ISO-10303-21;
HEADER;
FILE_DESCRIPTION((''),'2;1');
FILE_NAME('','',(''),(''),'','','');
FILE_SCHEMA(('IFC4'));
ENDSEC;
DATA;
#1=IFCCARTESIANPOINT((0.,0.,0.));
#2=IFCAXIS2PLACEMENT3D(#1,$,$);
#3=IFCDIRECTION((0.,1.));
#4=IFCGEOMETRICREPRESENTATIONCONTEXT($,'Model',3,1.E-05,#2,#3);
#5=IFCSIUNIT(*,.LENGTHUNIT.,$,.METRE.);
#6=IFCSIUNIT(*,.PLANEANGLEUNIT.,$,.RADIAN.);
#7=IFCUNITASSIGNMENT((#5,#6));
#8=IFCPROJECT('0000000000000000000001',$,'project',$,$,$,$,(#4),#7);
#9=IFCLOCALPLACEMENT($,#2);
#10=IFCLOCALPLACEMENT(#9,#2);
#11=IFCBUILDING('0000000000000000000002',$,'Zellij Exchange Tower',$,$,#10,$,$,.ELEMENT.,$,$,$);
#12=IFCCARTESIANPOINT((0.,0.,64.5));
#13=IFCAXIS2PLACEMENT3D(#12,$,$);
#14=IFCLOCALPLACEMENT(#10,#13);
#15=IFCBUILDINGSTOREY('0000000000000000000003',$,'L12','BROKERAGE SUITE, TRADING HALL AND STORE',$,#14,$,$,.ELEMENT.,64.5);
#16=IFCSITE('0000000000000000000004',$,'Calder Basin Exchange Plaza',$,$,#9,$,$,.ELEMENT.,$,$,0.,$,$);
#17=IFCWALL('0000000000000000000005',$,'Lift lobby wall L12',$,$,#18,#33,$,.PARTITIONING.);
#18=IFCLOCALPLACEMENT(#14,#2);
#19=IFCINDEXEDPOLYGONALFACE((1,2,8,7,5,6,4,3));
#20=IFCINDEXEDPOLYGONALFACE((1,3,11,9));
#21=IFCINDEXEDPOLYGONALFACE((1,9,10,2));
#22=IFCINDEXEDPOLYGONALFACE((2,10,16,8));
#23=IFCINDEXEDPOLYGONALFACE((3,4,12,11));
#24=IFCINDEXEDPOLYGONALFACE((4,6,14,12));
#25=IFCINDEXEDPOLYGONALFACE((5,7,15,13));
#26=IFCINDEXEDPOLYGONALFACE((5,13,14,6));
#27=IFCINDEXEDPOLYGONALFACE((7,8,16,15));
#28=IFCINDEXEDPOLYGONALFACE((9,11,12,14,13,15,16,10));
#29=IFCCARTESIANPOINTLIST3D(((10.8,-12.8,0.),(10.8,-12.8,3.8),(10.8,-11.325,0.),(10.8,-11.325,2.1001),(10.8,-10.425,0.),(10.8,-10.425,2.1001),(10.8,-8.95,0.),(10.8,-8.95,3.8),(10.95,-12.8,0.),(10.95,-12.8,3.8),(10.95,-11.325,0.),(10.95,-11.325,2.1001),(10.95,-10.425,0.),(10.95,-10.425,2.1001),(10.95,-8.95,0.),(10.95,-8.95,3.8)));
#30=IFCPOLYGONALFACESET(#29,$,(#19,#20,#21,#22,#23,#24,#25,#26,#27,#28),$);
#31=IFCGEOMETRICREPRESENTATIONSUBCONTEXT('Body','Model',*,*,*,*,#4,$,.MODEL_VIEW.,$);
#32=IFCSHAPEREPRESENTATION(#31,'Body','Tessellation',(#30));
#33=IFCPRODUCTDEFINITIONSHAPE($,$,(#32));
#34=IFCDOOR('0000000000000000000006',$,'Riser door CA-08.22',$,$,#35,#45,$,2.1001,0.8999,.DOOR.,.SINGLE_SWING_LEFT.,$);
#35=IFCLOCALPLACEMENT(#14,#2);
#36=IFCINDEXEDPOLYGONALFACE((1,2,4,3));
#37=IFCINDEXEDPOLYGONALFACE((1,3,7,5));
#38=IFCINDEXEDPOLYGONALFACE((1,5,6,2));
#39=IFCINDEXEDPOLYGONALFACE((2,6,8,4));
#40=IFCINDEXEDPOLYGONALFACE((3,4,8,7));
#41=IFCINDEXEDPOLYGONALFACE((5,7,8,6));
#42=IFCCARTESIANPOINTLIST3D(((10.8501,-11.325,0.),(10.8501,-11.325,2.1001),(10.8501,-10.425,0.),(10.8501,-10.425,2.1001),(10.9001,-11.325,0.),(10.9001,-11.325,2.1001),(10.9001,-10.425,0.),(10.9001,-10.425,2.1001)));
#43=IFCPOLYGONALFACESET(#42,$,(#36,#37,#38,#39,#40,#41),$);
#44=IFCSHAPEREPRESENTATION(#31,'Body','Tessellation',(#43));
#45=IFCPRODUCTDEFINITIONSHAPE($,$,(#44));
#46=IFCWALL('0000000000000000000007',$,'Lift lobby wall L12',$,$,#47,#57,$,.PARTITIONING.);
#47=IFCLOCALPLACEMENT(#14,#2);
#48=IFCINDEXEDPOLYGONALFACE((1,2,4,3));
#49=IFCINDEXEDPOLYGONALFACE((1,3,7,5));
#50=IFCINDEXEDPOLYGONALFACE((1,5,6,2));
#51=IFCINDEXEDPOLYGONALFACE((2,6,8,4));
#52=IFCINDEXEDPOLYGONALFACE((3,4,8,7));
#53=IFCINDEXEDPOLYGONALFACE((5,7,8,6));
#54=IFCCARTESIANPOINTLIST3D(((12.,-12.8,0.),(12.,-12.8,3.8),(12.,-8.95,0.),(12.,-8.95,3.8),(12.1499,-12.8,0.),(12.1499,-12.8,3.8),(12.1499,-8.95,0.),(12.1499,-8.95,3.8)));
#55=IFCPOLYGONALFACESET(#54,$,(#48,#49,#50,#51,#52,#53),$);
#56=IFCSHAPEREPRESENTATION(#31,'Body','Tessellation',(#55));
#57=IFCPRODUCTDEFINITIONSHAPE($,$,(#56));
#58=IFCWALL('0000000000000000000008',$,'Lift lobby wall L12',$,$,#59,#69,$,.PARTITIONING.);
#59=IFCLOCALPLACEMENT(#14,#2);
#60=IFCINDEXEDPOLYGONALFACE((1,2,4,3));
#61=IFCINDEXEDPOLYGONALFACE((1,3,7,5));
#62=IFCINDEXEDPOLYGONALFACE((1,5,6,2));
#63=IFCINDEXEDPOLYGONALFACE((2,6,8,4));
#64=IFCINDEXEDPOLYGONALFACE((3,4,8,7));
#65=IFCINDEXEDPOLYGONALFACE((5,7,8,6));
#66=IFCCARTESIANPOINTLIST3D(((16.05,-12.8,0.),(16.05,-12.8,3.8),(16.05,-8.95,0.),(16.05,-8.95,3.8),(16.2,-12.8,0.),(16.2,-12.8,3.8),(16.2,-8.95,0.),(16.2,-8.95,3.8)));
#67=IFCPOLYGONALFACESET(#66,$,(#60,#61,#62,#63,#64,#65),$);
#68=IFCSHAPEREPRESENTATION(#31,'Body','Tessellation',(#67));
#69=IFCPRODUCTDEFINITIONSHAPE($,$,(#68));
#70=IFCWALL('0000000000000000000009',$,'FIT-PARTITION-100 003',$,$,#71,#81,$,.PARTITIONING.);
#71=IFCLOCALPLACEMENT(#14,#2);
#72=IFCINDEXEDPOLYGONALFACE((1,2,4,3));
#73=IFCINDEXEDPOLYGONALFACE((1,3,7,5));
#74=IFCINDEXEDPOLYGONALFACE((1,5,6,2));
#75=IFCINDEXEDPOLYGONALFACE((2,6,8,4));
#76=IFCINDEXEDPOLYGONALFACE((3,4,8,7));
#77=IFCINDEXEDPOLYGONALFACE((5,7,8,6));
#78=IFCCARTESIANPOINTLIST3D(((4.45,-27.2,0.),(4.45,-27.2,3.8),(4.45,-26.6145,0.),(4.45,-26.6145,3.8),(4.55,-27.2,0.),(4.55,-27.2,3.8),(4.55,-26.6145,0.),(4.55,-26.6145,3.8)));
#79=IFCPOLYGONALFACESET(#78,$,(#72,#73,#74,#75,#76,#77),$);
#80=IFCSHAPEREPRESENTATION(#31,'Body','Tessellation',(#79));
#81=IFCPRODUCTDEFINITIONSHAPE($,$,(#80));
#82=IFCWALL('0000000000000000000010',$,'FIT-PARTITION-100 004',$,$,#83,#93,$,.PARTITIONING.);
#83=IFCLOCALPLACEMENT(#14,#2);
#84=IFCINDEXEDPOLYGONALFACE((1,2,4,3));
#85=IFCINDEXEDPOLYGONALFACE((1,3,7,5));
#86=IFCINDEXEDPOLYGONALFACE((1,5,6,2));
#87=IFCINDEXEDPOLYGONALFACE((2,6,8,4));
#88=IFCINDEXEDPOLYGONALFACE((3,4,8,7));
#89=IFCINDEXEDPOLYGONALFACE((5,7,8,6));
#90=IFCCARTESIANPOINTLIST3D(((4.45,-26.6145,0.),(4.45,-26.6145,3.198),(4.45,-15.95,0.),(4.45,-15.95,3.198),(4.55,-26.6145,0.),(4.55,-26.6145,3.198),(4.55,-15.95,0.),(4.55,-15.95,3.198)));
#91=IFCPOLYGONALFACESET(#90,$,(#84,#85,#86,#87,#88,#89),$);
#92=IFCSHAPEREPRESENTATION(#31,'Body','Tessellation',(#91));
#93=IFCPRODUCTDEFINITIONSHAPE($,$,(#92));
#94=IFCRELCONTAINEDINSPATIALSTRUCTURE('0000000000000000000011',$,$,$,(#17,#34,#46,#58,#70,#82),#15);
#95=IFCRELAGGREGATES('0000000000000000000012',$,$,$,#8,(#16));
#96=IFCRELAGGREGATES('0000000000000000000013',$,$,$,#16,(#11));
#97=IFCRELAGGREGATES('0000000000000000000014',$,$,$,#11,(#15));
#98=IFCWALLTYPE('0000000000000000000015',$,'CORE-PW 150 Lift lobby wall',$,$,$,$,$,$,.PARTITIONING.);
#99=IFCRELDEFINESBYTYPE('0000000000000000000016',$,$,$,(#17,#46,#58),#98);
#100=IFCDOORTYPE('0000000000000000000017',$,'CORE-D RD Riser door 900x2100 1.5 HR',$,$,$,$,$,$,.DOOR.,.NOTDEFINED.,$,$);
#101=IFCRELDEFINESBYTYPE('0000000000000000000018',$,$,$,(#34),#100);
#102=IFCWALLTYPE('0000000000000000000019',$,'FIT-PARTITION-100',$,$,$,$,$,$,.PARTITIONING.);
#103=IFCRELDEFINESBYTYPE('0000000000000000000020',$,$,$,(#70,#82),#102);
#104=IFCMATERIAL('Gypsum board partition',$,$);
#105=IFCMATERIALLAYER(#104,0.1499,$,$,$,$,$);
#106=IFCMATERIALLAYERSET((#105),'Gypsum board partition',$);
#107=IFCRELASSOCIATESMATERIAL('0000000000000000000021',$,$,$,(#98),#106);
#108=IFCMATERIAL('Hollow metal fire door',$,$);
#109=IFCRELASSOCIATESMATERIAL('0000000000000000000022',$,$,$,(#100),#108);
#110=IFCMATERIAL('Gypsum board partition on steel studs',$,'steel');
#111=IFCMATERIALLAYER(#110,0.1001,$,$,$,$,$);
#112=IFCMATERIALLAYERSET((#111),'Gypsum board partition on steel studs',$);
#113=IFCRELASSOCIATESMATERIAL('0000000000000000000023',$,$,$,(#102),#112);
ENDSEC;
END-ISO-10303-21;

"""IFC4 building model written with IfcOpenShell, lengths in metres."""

from ifc_helpers import new_model, si_unit, direction, frame, frame_2d, origin, place, context, subcontext, project, spatial, rectangle, extrude, material, layer, layer_set, type_object, element, fill, save


model = new_model("IFC4")

# Units and contexts
model_context = context("Model", 3, precision=1e-05, world=origin(), true_north=direction((0.0, 1.0)))
body_context = subcontext(model_context, "Body", "Model", "MODEL_VIEW")
ifc_project = project(units=[si_unit("LENGTHUNIT", "METRE"), si_unit("PLANEANGLEUNIT", "RADIAN")], contexts=[model_context])

# Site, building, storey
site_placement = place(None, origin())
site = spatial("IfcSite", under=ifc_project, at=site_placement, Name="Calder Basin Exchange Plaza", CompositionType="ELEMENT", RefElevation=0.0)
building_placement = place(site_placement, origin())
building = spatial("IfcBuilding", under=site, at=building_placement, Name="Zellij Exchange Tower", CompositionType="ELEMENT")
storey_placement = place(building_placement, frame((0.0, 0.0, 64.5)))
storey = spatial("IfcBuildingStorey", under=building, at=storey_placement, Name="L12", Description="BROKERAGE SUITE, TRADING HALL AND STORE", CompositionType="ELEMENT", Elevation=64.5)

# Wall, opening, door
ifc_material_1 = material(Name="Gypsum board partition")
ifc_layer_1 = layer(ifc_material_1, 0.1499)
ifc_layer_set_1 = layer_set([ifc_layer_1], Name="Gypsum board partition")
wall_type_1 = type_object("IfcWallType", Name="CORE-PW 150 Lift lobby wall", PredefinedType="PARTITIONING", material=ifc_layer_set_1)
wall_1_placement = place(storey_placement, frame((10.875, -12.8, 0.0), z_axis=(0.0, 0.0, 1.0), x_axis=(0.0, 1.0, 0.0)))
wall_1 = element("IfcWall", 1, at=wall_1_placement, inside=storey, type_object=wall_type_1, Name="Lift lobby wall L12", PredefinedType="PARTITIONING", context=body_context, shape_type="SweptSolid", body=[
    extrude(rectangle(XDim=3.8501, YDim=0.1499, at=frame_2d((1.925, 0.0))), origin(), (0.0, 0.0, 1.0), 3.8),
])
opening_placement = place(wall_1_placement, frame((1.4751, 0.0, 0.0)))
opening = element("IfcOpeningElement", 2, at=opening_placement, cuts=wall_1, PredefinedType="OPENING", context=body_context, shape_type="SweptSolid", body=[
    extrude(rectangle(XDim=0.8999, YDim=2.1001, at=frame_2d((0.45, 1.05))), frame((0.0, 0.0869, 0.0), z_axis=(0.0, -1.0, 0.0), x_axis=(1.0, 0.0, 0.0)), (0.0, 0.0, 1.0), 0.1738),
])
ifc_material_2 = material(Name="Hollow metal fire door")
door_type = type_object("IfcDoorType", Name="CORE-D RD Riser door 900x2100 1.5 HR", OperationType="NOTDEFINED", PredefinedType="DOOR", material=ifc_material_2)
door_placement = place(opening_placement, origin())
door = element("IfcDoor", 3, at=door_placement, inside=storey, type_object=door_type, Name="Riser door CA-08.22", OperationType="SINGLE_SWING_LEFT", OverallHeight=2.1001, OverallWidth=0.8999, PredefinedType="DOOR", context=body_context, shape_type="SweptSolid", body=[
    extrude(rectangle(XDim=0.8999, YDim=2.1001, at=frame_2d((0.45, 1.05))), frame((0.0, 0.0249, 0.0), z_axis=(0.0, -1.0, 0.0), x_axis=(1.0, 0.0, 0.0)), (0.0, 0.0, 1.0), 0.05),
])
fill(opening, door)

# Walls
for number, where, z_axis, x_axis, name in (
    (4, (12.075, -12.8, 0.0), (0.0, 0.0, 1.0), (0.0, 1.0, 0.0), "Lift lobby wall L12"),
    (5, (16.125, -12.8, 0.0), (0.0, 0.0, 1.0), (0.0, 1.0, 0.0), "Lift lobby wall L12"),
):
    element("IfcWall", number, at=place(storey_placement, frame(where, z_axis=z_axis, x_axis=x_axis)), inside=storey, type_object=wall_type_1, Name=name, PredefinedType="PARTITIONING", context=body_context, shape_type="SweptSolid", body=[
        extrude(rectangle(XDim=3.8501, YDim=0.1499, at=frame_2d((1.925, 0.0))), origin(), (0.0, 0.0, 1.0), 3.8),
    ])
ifc_material_3 = material(Name="Gypsum board partition on steel studs", Category="steel")
ifc_layer_2 = layer(ifc_material_3, 0.1001)
ifc_layer_set_2 = layer_set([ifc_layer_2], Name="Gypsum board partition on steel studs")
wall_type_2 = type_object("IfcWallType", Name="FIT-PARTITION-100", PredefinedType="PARTITIONING", material=ifc_layer_set_2)
wall_2_placement = place(storey_placement, frame((4.5, -27.2, 0.0), z_axis=(0.0, 0.0, 1.0), x_axis=(0.0, 1.0, 0.0)))
element("IfcWall", 6, at=wall_2_placement, inside=storey, type_object=wall_type_2, Name="FIT-PARTITION-100 003", PredefinedType="PARTITIONING", context=body_context, shape_type="SweptSolid", body=[
    extrude(rectangle(XDim=0.5854, YDim=0.1001, at=frame_2d((0.2927, 0.0))), origin(), (0.0, 0.0, 1.0), 3.8),
])
wall_3_placement = place(storey_placement, frame((4.5, -26.6145, 0.0), z_axis=(0.0, 0.0, 1.0), x_axis=(0.0, 1.0, 0.0)))
element("IfcWall", 7, at=wall_3_placement, inside=storey, type_object=wall_type_2, Name="FIT-PARTITION-100 004", PredefinedType="PARTITIONING", context=body_context, shape_type="SweptSolid", body=[
    extrude(rectangle(XDim=10.6646, YDim=0.1001, at=frame_2d((5.3323, 0.0))), origin(), (0.0, 0.0, 1.0), 3.198),
])

save(model, "model.ifc")
